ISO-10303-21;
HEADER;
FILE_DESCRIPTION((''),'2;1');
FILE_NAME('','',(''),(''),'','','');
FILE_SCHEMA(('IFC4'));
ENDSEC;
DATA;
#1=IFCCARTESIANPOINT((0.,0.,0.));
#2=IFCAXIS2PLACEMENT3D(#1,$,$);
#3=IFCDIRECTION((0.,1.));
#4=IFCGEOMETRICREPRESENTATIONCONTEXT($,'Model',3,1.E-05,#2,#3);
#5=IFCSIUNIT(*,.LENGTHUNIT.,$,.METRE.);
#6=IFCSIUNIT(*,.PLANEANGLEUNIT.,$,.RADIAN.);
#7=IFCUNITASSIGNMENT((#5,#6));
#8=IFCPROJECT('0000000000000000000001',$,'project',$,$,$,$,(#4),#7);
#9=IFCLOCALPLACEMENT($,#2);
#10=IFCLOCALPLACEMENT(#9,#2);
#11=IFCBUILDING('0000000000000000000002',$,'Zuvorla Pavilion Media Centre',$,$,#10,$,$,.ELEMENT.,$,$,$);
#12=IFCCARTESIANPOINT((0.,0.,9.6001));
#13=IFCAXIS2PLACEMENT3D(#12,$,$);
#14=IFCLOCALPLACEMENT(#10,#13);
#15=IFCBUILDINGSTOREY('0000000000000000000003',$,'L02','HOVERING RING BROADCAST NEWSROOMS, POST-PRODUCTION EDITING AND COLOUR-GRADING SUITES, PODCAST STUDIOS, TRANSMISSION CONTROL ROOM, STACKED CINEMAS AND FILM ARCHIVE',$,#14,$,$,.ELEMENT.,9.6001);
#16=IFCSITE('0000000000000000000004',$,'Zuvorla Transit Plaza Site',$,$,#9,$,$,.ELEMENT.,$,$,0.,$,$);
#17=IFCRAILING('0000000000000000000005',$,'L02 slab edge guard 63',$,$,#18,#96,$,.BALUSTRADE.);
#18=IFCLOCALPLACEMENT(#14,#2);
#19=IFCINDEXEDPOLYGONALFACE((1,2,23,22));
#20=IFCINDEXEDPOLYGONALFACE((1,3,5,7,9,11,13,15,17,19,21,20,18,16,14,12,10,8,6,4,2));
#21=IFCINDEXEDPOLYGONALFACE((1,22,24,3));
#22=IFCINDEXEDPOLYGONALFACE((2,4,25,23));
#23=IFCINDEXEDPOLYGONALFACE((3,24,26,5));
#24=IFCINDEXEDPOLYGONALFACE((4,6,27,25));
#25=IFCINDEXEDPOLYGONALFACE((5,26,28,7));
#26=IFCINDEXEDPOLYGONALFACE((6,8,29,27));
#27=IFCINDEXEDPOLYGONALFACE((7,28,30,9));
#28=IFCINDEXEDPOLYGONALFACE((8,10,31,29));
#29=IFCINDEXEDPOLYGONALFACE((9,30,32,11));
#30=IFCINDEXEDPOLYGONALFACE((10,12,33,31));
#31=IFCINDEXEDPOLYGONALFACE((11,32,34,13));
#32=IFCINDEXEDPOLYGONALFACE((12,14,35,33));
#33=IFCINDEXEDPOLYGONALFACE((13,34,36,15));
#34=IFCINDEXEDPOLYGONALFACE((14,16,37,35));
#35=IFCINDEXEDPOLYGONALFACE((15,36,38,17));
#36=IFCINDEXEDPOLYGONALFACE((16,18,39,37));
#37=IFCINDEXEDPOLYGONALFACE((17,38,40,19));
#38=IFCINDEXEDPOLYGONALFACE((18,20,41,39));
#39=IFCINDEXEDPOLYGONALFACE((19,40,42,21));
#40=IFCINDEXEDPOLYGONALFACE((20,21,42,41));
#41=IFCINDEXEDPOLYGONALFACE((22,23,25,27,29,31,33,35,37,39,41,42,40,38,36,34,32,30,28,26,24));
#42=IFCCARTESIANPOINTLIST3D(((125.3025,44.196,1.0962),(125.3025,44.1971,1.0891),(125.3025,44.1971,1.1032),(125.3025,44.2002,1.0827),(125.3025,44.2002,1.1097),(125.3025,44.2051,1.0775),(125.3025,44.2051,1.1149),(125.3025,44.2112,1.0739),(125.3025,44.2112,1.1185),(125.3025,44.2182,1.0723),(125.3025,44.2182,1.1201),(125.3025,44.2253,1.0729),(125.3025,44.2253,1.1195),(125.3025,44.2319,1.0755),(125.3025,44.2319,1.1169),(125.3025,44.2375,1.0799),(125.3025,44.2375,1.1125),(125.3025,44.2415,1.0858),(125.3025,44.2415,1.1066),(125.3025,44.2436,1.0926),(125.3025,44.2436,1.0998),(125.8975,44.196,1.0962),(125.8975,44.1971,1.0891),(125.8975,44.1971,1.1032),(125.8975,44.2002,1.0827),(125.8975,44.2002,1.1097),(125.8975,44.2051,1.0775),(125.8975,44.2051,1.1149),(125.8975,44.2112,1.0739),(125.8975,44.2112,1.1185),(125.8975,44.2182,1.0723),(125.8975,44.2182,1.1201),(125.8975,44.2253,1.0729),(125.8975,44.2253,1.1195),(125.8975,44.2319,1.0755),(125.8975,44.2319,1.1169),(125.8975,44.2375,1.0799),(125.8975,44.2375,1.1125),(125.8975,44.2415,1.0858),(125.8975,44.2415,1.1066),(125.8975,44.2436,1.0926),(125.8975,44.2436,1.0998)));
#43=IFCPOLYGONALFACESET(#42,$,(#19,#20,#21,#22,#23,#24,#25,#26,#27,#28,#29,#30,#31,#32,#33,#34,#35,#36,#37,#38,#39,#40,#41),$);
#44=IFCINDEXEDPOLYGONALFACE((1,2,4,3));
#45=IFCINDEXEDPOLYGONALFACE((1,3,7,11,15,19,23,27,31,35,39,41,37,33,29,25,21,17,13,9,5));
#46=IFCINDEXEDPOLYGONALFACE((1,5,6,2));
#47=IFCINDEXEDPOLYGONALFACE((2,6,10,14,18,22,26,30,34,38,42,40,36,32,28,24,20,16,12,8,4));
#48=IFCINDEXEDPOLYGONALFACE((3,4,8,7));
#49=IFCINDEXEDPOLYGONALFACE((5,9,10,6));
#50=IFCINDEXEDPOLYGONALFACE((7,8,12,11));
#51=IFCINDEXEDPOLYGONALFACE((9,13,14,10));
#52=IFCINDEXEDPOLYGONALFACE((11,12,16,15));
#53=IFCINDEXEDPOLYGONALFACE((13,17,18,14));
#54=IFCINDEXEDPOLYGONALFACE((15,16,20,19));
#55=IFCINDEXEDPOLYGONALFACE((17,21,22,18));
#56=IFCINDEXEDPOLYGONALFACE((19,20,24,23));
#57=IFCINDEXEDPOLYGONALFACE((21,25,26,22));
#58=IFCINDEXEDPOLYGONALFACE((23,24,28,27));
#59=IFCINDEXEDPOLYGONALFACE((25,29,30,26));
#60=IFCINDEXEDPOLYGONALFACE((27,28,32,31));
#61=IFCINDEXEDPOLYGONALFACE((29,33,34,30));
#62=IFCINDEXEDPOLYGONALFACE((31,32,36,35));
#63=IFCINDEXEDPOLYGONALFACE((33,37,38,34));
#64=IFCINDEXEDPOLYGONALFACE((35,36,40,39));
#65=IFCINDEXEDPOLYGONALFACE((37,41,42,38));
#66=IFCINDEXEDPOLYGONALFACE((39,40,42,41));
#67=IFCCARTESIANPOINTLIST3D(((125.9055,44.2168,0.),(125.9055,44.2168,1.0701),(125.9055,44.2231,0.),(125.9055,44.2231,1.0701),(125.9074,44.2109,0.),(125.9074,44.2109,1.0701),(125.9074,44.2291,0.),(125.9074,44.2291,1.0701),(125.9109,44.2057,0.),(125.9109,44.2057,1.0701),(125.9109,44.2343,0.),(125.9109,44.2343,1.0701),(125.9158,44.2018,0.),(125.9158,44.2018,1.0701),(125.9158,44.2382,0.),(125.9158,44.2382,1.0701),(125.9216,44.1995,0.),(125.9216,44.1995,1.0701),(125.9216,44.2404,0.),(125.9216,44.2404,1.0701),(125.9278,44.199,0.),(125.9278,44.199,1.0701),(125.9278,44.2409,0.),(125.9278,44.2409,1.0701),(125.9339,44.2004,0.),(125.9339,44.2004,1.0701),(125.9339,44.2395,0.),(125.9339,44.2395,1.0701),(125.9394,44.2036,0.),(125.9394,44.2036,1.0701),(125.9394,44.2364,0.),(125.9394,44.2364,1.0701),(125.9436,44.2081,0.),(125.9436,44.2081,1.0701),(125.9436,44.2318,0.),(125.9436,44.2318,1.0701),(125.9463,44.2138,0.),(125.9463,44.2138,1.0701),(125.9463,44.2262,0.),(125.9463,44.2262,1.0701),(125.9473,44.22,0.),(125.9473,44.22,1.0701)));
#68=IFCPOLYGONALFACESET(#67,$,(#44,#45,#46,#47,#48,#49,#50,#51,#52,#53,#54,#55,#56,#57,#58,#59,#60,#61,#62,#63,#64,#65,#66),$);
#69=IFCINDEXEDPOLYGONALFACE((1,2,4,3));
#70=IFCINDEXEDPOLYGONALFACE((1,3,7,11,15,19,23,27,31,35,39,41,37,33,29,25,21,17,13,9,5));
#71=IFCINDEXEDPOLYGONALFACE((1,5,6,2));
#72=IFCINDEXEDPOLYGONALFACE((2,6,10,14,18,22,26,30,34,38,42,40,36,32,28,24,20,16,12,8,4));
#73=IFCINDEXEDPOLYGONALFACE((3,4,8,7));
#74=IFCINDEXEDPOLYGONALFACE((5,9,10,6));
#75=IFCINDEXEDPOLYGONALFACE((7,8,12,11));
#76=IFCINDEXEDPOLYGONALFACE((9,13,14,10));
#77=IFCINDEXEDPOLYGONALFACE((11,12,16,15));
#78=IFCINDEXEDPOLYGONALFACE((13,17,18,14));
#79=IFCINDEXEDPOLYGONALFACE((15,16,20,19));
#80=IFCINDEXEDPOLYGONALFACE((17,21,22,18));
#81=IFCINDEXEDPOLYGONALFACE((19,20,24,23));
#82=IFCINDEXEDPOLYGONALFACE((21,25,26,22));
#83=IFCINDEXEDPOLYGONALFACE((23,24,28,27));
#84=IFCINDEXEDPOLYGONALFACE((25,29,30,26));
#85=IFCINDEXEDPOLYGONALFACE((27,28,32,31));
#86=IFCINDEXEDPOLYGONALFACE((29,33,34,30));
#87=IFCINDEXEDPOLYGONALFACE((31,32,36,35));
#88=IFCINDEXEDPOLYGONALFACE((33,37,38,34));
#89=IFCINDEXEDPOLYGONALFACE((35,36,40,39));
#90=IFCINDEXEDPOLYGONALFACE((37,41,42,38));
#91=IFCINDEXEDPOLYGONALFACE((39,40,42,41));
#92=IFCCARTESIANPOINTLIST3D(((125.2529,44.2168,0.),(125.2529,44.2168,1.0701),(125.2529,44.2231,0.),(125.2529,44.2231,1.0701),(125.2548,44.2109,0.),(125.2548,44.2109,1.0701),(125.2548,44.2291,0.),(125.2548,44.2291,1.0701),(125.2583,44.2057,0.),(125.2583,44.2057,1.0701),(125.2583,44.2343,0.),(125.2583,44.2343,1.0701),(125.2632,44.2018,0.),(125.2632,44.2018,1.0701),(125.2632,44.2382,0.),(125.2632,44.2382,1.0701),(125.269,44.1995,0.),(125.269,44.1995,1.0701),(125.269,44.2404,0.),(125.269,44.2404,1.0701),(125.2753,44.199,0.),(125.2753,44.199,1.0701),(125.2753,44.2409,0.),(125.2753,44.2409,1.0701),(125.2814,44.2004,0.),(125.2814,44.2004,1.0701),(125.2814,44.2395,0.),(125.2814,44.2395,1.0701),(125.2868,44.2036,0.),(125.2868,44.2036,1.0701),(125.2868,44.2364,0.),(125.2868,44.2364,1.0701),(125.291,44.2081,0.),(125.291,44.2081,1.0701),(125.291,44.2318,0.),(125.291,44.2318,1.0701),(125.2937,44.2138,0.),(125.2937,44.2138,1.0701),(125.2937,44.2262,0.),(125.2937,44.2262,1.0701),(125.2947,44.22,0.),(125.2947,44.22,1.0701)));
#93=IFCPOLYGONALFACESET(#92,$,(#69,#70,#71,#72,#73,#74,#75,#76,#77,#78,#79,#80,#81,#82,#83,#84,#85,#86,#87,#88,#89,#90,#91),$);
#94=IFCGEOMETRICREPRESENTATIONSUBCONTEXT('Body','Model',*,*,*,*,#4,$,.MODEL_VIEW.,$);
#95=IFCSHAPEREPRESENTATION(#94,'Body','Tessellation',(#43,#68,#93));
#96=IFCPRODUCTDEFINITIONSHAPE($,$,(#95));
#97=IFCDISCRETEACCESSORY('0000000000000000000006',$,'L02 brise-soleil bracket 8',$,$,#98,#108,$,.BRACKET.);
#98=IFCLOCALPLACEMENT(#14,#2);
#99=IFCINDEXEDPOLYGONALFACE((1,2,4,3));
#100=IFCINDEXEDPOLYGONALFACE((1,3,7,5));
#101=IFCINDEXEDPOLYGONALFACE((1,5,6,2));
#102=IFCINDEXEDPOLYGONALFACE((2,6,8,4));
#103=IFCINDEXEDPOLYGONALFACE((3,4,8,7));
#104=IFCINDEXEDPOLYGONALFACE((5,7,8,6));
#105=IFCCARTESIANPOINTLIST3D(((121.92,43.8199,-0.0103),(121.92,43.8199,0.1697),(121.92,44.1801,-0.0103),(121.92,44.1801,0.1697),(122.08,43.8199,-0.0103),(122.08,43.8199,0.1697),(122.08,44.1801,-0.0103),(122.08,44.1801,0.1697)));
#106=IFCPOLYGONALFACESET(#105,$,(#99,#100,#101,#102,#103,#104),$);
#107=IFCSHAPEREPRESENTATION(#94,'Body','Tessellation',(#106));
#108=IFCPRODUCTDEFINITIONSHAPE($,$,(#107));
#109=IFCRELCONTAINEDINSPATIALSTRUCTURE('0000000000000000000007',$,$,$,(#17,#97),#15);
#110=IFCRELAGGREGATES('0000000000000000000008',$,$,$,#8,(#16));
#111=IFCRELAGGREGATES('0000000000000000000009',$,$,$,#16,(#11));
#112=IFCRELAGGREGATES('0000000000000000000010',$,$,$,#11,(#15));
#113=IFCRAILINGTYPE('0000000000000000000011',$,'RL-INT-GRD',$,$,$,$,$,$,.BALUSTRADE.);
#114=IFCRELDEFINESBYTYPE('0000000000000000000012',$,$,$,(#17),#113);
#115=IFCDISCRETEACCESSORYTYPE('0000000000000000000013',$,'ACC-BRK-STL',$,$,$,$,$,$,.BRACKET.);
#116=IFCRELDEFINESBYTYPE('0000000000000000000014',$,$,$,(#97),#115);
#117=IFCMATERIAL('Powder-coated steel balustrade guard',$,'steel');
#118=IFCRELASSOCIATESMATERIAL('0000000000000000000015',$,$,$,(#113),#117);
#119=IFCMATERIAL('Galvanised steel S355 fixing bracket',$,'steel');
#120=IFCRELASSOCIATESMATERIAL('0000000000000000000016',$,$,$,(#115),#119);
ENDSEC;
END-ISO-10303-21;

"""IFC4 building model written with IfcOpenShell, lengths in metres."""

from ifc_helpers import new_model, si_unit, direction, frame, origin, origin_2d, place, context, subcontext, project, spatial, rectangle, circle, extrude, material, type_object, element, save


model = new_model("IFC4")

# Units and contexts
model_context = context("Model", 3, precision=1e-05, world=origin(), true_north=direction((0.0, 1.0)))
body_context = subcontext(model_context, "Body", "Model", "MODEL_VIEW")
ifc_project = project(units=[si_unit("LENGTHUNIT", "METRE"), si_unit("PLANEANGLEUNIT", "RADIAN")], contexts=[model_context])

# Site, building, storey
site_placement = place(None, origin())
site = spatial("IfcSite", under=ifc_project, at=site_placement, Name="Zuvorla Transit Plaza Site", CompositionType="ELEMENT", RefElevation=0.0)
building_placement = place(site_placement, origin())
building = spatial("IfcBuilding", under=site, at=building_placement, Name="Zuvorla Pavilion Media Centre", CompositionType="ELEMENT")
storey_placement = place(building_placement, frame((0.0, 0.0, 9.6001)))
storey = spatial("IfcBuildingStorey", under=building, at=storey_placement, Name="L02", Description="HOVERING RING BROADCAST NEWSROOMS, POST-PRODUCTION EDITING AND COLOUR-GRADING SUITES, PODCAST STUDIOS, TRANSMISSION CONTROL ROOM, STACKED CINEMAS AND FILM ARCHIVE", CompositionType="ELEMENT", Elevation=9.6001)

# Railing
ifc_material_1 = material(Name="Powder-coated steel balustrade guard", Category="steel")
railing_type = type_object("IfcRailingType", Name="RL-INT-GRD", PredefinedType="BALUSTRADE", material=ifc_material_1)
railing_placement = place(storey_placement, frame((125.9263, 44.22, 0.0)))
element("IfcRailing", 1, at=railing_placement, inside=storey, type_object=railing_type, Name="L02 slab edge guard 63", PredefinedType="BALUSTRADE", context=body_context, shape_type="SweptSolid", body=[
    extrude(circle(Radius=0.0239, at=origin_2d()), frame((-0.0288, 0.0, 1.0962), z_axis=(-1.0, 0.0, 0.0), x_axis=(0.0, -1.0, 0.0)), (0.0, 0.0, 1.0), 0.595),
    extrude(circle(Radius=0.021, at=origin_2d()), origin(), (0.0, 0.0, 1.0), 1.0701),
    extrude(circle(Radius=0.021, at=origin_2d()), frame((-0.6526, 0.0, 0.0)), (0.0, 0.0, 1.0), 1.0701),
])

# Discrete accessory
ifc_material_2 = material(Name="Galvanised steel S355 fixing bracket", Category="steel")
discrete_accessory_type = type_object("IfcDiscreteAccessoryType", Name="ACC-BRK-STL", PredefinedType="BRACKET", material=ifc_material_2)
discrete_accessory_placement = place(storey_placement, frame((122.0, 44.0, -0.0103), z_axis=(0.0, 0.0, 1.0), x_axis=(1.0, 0.0, 0.0)))
element("IfcDiscreteAccessory", 2, at=discrete_accessory_placement, inside=storey, type_object=discrete_accessory_type, Name="L02 brise-soleil bracket 8", PredefinedType="BRACKET", context=body_context, shape_type="SweptSolid", body=[
    extrude(rectangle(XDim=0.1599, YDim=0.3601, at=origin_2d()), origin(), (0.0, 0.0, 1.0), 0.1799),
])

save(model, "model.ifc")
